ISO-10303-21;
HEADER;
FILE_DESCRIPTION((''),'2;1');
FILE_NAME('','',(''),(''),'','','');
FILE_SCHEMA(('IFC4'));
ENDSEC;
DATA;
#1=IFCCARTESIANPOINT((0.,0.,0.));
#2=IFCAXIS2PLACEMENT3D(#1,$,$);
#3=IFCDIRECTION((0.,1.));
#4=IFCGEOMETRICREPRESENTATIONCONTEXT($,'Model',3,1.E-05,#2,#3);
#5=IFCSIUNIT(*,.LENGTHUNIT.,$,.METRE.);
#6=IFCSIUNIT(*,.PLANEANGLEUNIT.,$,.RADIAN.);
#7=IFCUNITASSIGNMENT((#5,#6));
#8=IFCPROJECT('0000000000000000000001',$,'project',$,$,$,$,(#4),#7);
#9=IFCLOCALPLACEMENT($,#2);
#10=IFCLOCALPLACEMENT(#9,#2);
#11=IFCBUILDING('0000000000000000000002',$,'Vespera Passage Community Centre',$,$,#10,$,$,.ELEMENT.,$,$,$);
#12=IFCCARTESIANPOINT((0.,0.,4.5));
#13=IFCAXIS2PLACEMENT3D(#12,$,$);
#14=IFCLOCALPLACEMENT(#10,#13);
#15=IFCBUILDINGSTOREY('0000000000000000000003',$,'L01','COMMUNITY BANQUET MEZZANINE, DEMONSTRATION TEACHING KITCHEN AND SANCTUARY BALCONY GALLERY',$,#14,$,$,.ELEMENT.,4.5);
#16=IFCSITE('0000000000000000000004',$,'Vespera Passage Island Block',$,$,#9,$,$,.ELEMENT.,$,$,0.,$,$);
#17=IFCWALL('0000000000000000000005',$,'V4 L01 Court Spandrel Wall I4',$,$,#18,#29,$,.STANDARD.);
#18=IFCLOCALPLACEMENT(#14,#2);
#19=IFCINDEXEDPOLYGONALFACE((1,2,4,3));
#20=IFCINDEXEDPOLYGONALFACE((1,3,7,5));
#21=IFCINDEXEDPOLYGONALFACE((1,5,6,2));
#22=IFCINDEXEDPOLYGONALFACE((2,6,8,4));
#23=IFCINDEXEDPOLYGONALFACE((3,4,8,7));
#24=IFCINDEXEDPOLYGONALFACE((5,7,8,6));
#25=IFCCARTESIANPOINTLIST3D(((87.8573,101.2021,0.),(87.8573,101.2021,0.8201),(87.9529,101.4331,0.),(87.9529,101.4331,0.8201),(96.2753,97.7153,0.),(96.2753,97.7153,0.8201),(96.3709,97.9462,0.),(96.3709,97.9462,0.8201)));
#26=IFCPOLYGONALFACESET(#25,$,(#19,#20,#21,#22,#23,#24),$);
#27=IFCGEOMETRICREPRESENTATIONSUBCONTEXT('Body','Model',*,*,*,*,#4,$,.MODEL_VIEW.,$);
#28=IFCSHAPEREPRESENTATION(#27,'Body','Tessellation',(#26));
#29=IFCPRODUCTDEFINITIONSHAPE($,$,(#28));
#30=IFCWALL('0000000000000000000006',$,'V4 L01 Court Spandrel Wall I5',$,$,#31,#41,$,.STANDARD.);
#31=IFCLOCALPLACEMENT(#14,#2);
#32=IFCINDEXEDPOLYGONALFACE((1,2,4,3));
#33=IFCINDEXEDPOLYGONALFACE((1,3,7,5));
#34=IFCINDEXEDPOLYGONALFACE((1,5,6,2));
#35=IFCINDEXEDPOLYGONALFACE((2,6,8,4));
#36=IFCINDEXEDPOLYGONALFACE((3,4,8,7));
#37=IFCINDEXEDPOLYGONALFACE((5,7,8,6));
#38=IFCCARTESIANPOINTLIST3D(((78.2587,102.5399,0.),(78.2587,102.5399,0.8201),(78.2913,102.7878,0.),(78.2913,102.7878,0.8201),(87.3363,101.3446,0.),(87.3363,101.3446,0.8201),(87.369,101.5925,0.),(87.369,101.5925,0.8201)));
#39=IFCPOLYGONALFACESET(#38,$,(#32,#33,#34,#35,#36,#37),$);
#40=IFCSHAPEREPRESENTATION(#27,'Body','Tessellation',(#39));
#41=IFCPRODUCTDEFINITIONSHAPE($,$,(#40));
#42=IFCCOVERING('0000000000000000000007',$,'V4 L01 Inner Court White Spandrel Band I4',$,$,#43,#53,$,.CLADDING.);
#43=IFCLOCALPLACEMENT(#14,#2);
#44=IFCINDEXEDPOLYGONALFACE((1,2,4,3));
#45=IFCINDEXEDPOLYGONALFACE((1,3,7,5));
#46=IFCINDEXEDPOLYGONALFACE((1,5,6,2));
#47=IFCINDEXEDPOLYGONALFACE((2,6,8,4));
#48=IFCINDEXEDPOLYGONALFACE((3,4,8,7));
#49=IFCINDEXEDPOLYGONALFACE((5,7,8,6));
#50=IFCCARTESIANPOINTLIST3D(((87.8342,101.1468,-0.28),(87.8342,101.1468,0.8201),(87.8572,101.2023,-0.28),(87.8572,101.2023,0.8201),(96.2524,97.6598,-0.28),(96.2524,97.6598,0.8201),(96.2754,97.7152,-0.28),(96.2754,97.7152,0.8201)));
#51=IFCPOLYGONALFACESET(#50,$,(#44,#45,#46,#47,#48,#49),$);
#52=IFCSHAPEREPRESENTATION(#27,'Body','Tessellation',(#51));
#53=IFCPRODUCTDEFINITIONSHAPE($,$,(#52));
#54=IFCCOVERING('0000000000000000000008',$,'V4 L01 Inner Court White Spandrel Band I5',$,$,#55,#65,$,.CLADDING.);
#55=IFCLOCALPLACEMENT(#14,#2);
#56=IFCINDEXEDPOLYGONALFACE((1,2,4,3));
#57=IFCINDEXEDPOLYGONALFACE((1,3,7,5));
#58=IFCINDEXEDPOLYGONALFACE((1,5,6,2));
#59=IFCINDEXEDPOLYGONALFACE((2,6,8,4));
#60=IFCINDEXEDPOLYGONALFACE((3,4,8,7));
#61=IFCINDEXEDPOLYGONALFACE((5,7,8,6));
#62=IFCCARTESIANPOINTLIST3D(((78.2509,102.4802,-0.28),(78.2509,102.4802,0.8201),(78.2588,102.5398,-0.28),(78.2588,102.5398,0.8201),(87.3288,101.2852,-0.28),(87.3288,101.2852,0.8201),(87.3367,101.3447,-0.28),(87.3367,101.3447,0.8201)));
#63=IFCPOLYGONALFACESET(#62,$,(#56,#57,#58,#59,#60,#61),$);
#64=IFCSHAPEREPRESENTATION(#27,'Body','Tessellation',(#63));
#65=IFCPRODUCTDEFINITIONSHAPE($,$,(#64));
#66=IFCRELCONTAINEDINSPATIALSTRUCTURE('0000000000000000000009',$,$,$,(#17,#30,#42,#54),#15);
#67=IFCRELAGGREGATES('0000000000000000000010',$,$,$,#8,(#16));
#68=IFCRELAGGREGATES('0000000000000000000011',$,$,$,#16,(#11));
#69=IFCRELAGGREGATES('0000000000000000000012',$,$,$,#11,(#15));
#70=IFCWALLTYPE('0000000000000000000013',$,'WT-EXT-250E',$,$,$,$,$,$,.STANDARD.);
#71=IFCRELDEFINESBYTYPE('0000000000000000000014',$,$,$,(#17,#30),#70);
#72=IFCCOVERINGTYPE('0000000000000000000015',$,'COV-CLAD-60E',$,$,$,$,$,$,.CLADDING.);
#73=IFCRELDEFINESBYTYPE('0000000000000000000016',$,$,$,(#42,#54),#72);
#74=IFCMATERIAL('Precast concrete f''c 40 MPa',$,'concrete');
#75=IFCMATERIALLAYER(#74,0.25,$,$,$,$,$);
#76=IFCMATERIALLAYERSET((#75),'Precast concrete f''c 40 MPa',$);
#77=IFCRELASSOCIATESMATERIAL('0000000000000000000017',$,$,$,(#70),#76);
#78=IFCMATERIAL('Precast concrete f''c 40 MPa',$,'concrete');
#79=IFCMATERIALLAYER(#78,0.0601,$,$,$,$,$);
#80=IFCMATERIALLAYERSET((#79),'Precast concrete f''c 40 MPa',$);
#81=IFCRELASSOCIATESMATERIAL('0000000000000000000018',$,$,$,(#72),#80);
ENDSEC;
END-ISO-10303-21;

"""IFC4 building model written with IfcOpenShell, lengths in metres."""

from ifc_helpers import new_model, si_unit, direction, frame, frame_2d, origin, place, context, subcontext, project, spatial, rectangle, extrude, material, layer, layer_set, type_object, element, save


model = new_model("IFC4")

# Units and contexts
model_context = context("Model", 3, precision=1e-05, world=origin(), true_north=direction((0.0, 1.0)))
body_context = subcontext(model_context, "Body", "Model", "MODEL_VIEW")
ifc_project = project(units=[si_unit("LENGTHUNIT", "METRE"), si_unit("PLANEANGLEUNIT", "RADIAN")], contexts=[model_context])

# Site, building, storey
site_placement = place(None, origin())
site = spatial("IfcSite", under=ifc_project, at=site_placement, Name="Vespera Passage Island Block", CompositionType="ELEMENT", RefElevation=0.0)
building_placement = place(site_placement, origin())
building = spatial("IfcBuilding", under=site, at=building_placement, Name="Vespera Passage Community Centre", CompositionType="ELEMENT")
storey_placement = place(building_placement, frame((0.0, 0.0, 4.5)))
storey = spatial("IfcBuildingStorey", under=building, at=storey_placement, Name="L01", Description="COMMUNITY BANQUET MEZZANINE, DEMONSTRATION TEACHING KITCHEN AND SANCTUARY BALCONY GALLERY", CompositionType="ELEMENT", Elevation=4.5)

# Walls
ifc_material_1 = material(Name="Precast concrete f'c 40 MPa", Category="concrete")
ifc_layer_1 = layer(ifc_material_1, 0.25)
ifc_layer_set_1 = layer_set([ifc_layer_1], Name="Precast concrete f'c 40 MPa")
wall_type_1 = type_object("IfcWallType", Name="WT-EXT-250E", PredefinedType="STANDARD", material=ifc_layer_set_1)
wall_1_placement = place(storey_placement, frame((96.323, 97.8308, 0.0), z_axis=(0.0, 0.0, 1.0), x_axis=(-0.92388, 0.382682, 0.0)))
element("IfcWall", 1, at=wall_1_placement, inside=storey, type_object=wall_type_1, Name="V4 L01 Court Spandrel Wall I4", PredefinedType="STANDARD", context=body_context, shape_type="SweptSolid", body=[
    extrude(rectangle(XDim=9.1116, YDim=0.25, at=frame_2d((4.5557, 0.0))), origin(), (0.0, 0.0, 1.0), 0.8201),
])
wall_2_placement = place(storey_placement, frame((87.3528, 101.4685, 0.0), z_axis=(0.0, 0.0, 1.0), x_axis=(-0.991442, 0.13055, 0.0)))
element("IfcWall", 2, at=wall_2_placement, inside=storey, type_object=wall_type_1, Name="V4 L01 Court Spandrel Wall I5", PredefinedType="STANDARD", context=body_context, shape_type="SweptSolid", body=[
    extrude(rectangle(XDim=9.156, YDim=0.25, at=frame_2d((4.5781, 0.0))), origin(), (0.0, 0.0, 1.0), 0.8201),
])

# Coverings
ifc_material_2 = material(Name="Precast concrete f'c 40 MPa", Category="concrete")
ifc_layer_2 = layer(ifc_material_2, 0.0601)
ifc_layer_set_2 = layer_set([ifc_layer_2], Name="Precast concrete f'c 40 MPa")
covering_type = type_object("IfcCoveringType", Name="COV-CLAD-60E", PredefinedType="CLADDING", material=ifc_layer_set_2)
covering_1_placement = place(storey_placement, frame((96.2639, 97.6875, -0.28), z_axis=(0.0, 0.0, 1.0), x_axis=(-0.923875, 0.382695, 0.0)))
element("IfcCovering", 3, at=covering_1_placement, inside=storey, type_object=covering_type, Name="V4 L01 Inner Court White Spandrel Band I4", PredefinedType="CLADDING", context=body_context, shape_type="SweptSolid", body=[
    extrude(rectangle(XDim=9.1118, YDim=0.0601, at=frame_2d((4.5559, 0.0))), origin(), (0.0, 0.0, 1.0), 1.1001),
])
covering_2_placement = place(storey_placement, frame((87.3328, 101.3149, -0.28), z_axis=(0.0, 0.0, 1.0), x_axis=(-0.991446, 0.13052, 0.0)))
element("IfcCovering", 4, at=covering_2_placement, inside=storey, type_object=covering_type, Name="V4 L01 Inner Court White Spandrel Band I5", PredefinedType="CLADDING", context=body_context, shape_type="SweptSolid", body=[
    extrude(rectangle(XDim=9.1562, YDim=0.0601, at=frame_2d((4.5781, 0.0))), origin(), (0.0, 0.0, 1.0), 1.1001),
])

save(model, "model.ifc")
